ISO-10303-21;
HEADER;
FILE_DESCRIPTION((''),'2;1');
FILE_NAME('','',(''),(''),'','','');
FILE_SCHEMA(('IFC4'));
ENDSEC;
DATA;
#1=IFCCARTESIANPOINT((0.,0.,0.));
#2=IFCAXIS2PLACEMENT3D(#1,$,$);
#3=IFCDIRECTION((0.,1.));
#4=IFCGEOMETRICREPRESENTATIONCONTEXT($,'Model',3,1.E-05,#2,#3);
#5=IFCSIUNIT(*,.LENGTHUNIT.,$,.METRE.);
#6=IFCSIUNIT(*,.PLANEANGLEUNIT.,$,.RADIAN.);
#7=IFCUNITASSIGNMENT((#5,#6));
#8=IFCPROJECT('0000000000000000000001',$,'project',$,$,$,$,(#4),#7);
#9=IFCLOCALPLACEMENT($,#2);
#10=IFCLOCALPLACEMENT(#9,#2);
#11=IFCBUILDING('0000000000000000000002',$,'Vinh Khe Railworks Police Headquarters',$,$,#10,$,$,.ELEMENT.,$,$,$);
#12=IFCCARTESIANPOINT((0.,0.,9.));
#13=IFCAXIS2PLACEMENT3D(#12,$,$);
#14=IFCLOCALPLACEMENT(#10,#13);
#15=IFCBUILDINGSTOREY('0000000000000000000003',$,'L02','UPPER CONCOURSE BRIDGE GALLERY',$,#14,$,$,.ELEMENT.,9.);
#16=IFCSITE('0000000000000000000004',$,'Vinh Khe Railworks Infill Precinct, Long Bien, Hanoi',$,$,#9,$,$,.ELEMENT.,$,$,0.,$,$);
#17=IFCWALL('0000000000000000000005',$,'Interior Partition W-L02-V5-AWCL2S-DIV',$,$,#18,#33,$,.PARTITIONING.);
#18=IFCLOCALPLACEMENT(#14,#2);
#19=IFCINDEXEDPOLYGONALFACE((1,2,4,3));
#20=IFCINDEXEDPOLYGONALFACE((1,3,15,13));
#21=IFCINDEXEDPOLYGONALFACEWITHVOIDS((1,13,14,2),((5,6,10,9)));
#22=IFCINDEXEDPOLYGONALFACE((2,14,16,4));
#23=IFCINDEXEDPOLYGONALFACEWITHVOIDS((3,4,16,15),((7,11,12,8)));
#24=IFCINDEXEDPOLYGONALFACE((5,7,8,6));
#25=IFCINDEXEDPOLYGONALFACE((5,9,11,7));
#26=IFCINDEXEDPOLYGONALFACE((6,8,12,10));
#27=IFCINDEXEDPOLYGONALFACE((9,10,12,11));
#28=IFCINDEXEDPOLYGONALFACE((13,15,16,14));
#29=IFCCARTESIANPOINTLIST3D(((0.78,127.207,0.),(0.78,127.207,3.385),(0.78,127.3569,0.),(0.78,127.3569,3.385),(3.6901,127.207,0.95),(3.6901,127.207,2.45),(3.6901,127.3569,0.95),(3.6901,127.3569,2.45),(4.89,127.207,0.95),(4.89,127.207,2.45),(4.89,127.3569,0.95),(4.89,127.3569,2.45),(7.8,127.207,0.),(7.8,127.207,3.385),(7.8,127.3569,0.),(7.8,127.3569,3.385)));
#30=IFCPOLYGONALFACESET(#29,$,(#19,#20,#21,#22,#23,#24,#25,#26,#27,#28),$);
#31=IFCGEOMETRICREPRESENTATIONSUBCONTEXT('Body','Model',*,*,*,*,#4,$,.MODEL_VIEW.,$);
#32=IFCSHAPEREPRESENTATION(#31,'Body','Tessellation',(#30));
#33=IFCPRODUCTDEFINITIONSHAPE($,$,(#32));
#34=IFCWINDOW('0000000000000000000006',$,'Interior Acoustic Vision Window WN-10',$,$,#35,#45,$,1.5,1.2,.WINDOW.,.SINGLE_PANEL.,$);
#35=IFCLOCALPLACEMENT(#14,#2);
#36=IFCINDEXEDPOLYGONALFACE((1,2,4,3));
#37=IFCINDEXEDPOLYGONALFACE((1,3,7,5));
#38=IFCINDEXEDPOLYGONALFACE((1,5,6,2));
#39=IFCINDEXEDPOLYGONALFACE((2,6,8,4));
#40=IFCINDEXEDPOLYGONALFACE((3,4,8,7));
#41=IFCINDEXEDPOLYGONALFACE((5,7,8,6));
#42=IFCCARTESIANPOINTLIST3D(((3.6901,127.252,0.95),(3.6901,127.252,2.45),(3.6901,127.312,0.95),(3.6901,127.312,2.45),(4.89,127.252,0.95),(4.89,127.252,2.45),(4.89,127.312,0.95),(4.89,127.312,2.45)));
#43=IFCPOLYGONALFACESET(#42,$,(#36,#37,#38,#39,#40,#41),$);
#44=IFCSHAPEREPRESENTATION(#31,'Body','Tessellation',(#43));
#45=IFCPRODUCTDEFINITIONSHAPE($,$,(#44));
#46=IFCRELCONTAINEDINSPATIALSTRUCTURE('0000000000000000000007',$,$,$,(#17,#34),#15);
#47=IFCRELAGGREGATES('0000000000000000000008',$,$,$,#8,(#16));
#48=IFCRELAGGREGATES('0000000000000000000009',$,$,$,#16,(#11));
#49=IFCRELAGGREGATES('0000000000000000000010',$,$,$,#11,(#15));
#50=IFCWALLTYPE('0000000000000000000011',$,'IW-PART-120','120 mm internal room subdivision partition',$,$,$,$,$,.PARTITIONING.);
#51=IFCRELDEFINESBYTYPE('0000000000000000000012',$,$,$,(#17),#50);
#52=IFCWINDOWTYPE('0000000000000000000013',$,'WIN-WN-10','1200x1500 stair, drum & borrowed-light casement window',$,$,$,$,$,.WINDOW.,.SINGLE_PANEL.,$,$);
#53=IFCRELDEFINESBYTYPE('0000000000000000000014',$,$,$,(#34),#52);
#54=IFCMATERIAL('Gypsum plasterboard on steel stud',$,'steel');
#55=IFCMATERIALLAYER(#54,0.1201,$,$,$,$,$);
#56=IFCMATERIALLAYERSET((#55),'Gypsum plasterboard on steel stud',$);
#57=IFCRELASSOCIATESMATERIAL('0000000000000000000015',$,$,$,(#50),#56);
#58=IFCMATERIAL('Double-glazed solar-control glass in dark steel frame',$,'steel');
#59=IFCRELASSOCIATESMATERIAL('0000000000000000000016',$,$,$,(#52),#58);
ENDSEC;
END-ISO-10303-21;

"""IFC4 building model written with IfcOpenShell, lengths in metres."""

from ifc_helpers import new_model, si_unit, direction, frame, frame_2d, origin, place, context, subcontext, project, spatial, rectangle, extrude, material, layer, layer_set, type_object, element, fill, save


model = new_model("IFC4")

# Units and contexts
model_context = context("Model", 3, precision=1e-05, world=origin(), true_north=direction((0.0, 1.0)))
body_context = subcontext(model_context, "Body", "Model", "MODEL_VIEW")
ifc_project = project(units=[si_unit("LENGTHUNIT", "METRE"), si_unit("PLANEANGLEUNIT", "RADIAN")], contexts=[model_context])

# Site, building, storey
site_placement = place(None, origin())
site = spatial("IfcSite", under=ifc_project, at=site_placement, Name="Vinh Khe Railworks Infill Precinct, Long Bien, Hanoi", CompositionType="ELEMENT", RefElevation=0.0)
building_placement = place(site_placement, origin())
building = spatial("IfcBuilding", under=site, at=building_placement, Name="Vinh Khe Railworks Police Headquarters", CompositionType="ELEMENT")
storey_placement = place(building_placement, frame((0.0, 0.0, 9.0)))
storey = spatial("IfcBuildingStorey", under=building, at=storey_placement, Name="L02", Description="UPPER CONCOURSE BRIDGE GALLERY", CompositionType="ELEMENT", Elevation=9.0)

# Shared definitions
ifc_material_1 = material(Name="Double-glazed solar-control glass in dark steel frame", Category="steel")

# Wall, opening, window
ifc_material_2 = material(Name="Gypsum plasterboard on steel stud", Category="steel")
ifc_layer_1 = layer(ifc_material_2, 0.1201)
ifc_layer_set_1 = layer_set([ifc_layer_1], Name="Gypsum plasterboard on steel stud")
wall_type_1 = type_object("IfcWallType", Name="IW-PART-120", Description="120 mm internal room subdivision partition", PredefinedType="PARTITIONING", material=ifc_layer_set_1)
wall_1_placement = place(storey_placement, frame((0.78, 127.282, 0.0), z_axis=(0.0, 0.0, 1.0), x_axis=(1.0, 0.0, 0.0)))
wall_1 = element("IfcWall", 1, at=wall_1_placement, inside=storey, type_object=wall_type_1, Name="Interior Partition W-L02-V5-AWCL2S-DIV", PredefinedType="PARTITIONING", context=body_context, shape_type="SweptSolid", body=[
    extrude(rectangle(XDim=7.02, YDim=0.1499, at=frame_2d((3.51, 0.0))), origin(), (0.0, 0.0, 1.0), 3.385),
])
opening_1_placement = place(wall_1_placement, frame((2.9099, 0.0, 0.95)))
opening_1 = element("IfcOpeningElement", 2, at=opening_1_placement, cuts=wall_1, PredefinedType="OPENING", context=body_context, shape_type="SweptSolid", body=[
    extrude(rectangle(XDim=1.2, YDim=1.5, at=frame_2d((0.6001, 0.75))), frame((0.0, 0.0898, 0.0), z_axis=(0.0, -1.0, 0.0), x_axis=(1.0, 0.0, 0.0)), (0.0, 0.0, 1.0), 0.1797),
])
window_type_1 = type_object("IfcWindowType", Name="WIN-WN-10", Description="1200x1500 stair, drum & borrowed-light casement window", PartitioningType="SINGLE_PANEL", PredefinedType="WINDOW", material=ifc_material_1)
window_1_placement = place(opening_1_placement, origin())
window_1 = element("IfcWindow", 3, at=window_1_placement, inside=storey, type_object=window_type_1, Name="Interior Acoustic Vision Window WN-10", OverallHeight=1.5, OverallWidth=1.2, PartitioningType="SINGLE_PANEL", PredefinedType="WINDOW", context=body_context, shape_type="SweptSolid", body=[
    extrude(rectangle(XDim=1.2, YDim=1.5, at=frame_2d((0.6001, 0.75))), frame((0.0, 0.03, 0.0), z_axis=(0.0, -1.0, 0.0), x_axis=(1.0, 0.0, 0.0)), (0.0, 0.0, 1.0), 0.0601),
])
fill(opening_1, window_1)

save(model, "model.ifc")
